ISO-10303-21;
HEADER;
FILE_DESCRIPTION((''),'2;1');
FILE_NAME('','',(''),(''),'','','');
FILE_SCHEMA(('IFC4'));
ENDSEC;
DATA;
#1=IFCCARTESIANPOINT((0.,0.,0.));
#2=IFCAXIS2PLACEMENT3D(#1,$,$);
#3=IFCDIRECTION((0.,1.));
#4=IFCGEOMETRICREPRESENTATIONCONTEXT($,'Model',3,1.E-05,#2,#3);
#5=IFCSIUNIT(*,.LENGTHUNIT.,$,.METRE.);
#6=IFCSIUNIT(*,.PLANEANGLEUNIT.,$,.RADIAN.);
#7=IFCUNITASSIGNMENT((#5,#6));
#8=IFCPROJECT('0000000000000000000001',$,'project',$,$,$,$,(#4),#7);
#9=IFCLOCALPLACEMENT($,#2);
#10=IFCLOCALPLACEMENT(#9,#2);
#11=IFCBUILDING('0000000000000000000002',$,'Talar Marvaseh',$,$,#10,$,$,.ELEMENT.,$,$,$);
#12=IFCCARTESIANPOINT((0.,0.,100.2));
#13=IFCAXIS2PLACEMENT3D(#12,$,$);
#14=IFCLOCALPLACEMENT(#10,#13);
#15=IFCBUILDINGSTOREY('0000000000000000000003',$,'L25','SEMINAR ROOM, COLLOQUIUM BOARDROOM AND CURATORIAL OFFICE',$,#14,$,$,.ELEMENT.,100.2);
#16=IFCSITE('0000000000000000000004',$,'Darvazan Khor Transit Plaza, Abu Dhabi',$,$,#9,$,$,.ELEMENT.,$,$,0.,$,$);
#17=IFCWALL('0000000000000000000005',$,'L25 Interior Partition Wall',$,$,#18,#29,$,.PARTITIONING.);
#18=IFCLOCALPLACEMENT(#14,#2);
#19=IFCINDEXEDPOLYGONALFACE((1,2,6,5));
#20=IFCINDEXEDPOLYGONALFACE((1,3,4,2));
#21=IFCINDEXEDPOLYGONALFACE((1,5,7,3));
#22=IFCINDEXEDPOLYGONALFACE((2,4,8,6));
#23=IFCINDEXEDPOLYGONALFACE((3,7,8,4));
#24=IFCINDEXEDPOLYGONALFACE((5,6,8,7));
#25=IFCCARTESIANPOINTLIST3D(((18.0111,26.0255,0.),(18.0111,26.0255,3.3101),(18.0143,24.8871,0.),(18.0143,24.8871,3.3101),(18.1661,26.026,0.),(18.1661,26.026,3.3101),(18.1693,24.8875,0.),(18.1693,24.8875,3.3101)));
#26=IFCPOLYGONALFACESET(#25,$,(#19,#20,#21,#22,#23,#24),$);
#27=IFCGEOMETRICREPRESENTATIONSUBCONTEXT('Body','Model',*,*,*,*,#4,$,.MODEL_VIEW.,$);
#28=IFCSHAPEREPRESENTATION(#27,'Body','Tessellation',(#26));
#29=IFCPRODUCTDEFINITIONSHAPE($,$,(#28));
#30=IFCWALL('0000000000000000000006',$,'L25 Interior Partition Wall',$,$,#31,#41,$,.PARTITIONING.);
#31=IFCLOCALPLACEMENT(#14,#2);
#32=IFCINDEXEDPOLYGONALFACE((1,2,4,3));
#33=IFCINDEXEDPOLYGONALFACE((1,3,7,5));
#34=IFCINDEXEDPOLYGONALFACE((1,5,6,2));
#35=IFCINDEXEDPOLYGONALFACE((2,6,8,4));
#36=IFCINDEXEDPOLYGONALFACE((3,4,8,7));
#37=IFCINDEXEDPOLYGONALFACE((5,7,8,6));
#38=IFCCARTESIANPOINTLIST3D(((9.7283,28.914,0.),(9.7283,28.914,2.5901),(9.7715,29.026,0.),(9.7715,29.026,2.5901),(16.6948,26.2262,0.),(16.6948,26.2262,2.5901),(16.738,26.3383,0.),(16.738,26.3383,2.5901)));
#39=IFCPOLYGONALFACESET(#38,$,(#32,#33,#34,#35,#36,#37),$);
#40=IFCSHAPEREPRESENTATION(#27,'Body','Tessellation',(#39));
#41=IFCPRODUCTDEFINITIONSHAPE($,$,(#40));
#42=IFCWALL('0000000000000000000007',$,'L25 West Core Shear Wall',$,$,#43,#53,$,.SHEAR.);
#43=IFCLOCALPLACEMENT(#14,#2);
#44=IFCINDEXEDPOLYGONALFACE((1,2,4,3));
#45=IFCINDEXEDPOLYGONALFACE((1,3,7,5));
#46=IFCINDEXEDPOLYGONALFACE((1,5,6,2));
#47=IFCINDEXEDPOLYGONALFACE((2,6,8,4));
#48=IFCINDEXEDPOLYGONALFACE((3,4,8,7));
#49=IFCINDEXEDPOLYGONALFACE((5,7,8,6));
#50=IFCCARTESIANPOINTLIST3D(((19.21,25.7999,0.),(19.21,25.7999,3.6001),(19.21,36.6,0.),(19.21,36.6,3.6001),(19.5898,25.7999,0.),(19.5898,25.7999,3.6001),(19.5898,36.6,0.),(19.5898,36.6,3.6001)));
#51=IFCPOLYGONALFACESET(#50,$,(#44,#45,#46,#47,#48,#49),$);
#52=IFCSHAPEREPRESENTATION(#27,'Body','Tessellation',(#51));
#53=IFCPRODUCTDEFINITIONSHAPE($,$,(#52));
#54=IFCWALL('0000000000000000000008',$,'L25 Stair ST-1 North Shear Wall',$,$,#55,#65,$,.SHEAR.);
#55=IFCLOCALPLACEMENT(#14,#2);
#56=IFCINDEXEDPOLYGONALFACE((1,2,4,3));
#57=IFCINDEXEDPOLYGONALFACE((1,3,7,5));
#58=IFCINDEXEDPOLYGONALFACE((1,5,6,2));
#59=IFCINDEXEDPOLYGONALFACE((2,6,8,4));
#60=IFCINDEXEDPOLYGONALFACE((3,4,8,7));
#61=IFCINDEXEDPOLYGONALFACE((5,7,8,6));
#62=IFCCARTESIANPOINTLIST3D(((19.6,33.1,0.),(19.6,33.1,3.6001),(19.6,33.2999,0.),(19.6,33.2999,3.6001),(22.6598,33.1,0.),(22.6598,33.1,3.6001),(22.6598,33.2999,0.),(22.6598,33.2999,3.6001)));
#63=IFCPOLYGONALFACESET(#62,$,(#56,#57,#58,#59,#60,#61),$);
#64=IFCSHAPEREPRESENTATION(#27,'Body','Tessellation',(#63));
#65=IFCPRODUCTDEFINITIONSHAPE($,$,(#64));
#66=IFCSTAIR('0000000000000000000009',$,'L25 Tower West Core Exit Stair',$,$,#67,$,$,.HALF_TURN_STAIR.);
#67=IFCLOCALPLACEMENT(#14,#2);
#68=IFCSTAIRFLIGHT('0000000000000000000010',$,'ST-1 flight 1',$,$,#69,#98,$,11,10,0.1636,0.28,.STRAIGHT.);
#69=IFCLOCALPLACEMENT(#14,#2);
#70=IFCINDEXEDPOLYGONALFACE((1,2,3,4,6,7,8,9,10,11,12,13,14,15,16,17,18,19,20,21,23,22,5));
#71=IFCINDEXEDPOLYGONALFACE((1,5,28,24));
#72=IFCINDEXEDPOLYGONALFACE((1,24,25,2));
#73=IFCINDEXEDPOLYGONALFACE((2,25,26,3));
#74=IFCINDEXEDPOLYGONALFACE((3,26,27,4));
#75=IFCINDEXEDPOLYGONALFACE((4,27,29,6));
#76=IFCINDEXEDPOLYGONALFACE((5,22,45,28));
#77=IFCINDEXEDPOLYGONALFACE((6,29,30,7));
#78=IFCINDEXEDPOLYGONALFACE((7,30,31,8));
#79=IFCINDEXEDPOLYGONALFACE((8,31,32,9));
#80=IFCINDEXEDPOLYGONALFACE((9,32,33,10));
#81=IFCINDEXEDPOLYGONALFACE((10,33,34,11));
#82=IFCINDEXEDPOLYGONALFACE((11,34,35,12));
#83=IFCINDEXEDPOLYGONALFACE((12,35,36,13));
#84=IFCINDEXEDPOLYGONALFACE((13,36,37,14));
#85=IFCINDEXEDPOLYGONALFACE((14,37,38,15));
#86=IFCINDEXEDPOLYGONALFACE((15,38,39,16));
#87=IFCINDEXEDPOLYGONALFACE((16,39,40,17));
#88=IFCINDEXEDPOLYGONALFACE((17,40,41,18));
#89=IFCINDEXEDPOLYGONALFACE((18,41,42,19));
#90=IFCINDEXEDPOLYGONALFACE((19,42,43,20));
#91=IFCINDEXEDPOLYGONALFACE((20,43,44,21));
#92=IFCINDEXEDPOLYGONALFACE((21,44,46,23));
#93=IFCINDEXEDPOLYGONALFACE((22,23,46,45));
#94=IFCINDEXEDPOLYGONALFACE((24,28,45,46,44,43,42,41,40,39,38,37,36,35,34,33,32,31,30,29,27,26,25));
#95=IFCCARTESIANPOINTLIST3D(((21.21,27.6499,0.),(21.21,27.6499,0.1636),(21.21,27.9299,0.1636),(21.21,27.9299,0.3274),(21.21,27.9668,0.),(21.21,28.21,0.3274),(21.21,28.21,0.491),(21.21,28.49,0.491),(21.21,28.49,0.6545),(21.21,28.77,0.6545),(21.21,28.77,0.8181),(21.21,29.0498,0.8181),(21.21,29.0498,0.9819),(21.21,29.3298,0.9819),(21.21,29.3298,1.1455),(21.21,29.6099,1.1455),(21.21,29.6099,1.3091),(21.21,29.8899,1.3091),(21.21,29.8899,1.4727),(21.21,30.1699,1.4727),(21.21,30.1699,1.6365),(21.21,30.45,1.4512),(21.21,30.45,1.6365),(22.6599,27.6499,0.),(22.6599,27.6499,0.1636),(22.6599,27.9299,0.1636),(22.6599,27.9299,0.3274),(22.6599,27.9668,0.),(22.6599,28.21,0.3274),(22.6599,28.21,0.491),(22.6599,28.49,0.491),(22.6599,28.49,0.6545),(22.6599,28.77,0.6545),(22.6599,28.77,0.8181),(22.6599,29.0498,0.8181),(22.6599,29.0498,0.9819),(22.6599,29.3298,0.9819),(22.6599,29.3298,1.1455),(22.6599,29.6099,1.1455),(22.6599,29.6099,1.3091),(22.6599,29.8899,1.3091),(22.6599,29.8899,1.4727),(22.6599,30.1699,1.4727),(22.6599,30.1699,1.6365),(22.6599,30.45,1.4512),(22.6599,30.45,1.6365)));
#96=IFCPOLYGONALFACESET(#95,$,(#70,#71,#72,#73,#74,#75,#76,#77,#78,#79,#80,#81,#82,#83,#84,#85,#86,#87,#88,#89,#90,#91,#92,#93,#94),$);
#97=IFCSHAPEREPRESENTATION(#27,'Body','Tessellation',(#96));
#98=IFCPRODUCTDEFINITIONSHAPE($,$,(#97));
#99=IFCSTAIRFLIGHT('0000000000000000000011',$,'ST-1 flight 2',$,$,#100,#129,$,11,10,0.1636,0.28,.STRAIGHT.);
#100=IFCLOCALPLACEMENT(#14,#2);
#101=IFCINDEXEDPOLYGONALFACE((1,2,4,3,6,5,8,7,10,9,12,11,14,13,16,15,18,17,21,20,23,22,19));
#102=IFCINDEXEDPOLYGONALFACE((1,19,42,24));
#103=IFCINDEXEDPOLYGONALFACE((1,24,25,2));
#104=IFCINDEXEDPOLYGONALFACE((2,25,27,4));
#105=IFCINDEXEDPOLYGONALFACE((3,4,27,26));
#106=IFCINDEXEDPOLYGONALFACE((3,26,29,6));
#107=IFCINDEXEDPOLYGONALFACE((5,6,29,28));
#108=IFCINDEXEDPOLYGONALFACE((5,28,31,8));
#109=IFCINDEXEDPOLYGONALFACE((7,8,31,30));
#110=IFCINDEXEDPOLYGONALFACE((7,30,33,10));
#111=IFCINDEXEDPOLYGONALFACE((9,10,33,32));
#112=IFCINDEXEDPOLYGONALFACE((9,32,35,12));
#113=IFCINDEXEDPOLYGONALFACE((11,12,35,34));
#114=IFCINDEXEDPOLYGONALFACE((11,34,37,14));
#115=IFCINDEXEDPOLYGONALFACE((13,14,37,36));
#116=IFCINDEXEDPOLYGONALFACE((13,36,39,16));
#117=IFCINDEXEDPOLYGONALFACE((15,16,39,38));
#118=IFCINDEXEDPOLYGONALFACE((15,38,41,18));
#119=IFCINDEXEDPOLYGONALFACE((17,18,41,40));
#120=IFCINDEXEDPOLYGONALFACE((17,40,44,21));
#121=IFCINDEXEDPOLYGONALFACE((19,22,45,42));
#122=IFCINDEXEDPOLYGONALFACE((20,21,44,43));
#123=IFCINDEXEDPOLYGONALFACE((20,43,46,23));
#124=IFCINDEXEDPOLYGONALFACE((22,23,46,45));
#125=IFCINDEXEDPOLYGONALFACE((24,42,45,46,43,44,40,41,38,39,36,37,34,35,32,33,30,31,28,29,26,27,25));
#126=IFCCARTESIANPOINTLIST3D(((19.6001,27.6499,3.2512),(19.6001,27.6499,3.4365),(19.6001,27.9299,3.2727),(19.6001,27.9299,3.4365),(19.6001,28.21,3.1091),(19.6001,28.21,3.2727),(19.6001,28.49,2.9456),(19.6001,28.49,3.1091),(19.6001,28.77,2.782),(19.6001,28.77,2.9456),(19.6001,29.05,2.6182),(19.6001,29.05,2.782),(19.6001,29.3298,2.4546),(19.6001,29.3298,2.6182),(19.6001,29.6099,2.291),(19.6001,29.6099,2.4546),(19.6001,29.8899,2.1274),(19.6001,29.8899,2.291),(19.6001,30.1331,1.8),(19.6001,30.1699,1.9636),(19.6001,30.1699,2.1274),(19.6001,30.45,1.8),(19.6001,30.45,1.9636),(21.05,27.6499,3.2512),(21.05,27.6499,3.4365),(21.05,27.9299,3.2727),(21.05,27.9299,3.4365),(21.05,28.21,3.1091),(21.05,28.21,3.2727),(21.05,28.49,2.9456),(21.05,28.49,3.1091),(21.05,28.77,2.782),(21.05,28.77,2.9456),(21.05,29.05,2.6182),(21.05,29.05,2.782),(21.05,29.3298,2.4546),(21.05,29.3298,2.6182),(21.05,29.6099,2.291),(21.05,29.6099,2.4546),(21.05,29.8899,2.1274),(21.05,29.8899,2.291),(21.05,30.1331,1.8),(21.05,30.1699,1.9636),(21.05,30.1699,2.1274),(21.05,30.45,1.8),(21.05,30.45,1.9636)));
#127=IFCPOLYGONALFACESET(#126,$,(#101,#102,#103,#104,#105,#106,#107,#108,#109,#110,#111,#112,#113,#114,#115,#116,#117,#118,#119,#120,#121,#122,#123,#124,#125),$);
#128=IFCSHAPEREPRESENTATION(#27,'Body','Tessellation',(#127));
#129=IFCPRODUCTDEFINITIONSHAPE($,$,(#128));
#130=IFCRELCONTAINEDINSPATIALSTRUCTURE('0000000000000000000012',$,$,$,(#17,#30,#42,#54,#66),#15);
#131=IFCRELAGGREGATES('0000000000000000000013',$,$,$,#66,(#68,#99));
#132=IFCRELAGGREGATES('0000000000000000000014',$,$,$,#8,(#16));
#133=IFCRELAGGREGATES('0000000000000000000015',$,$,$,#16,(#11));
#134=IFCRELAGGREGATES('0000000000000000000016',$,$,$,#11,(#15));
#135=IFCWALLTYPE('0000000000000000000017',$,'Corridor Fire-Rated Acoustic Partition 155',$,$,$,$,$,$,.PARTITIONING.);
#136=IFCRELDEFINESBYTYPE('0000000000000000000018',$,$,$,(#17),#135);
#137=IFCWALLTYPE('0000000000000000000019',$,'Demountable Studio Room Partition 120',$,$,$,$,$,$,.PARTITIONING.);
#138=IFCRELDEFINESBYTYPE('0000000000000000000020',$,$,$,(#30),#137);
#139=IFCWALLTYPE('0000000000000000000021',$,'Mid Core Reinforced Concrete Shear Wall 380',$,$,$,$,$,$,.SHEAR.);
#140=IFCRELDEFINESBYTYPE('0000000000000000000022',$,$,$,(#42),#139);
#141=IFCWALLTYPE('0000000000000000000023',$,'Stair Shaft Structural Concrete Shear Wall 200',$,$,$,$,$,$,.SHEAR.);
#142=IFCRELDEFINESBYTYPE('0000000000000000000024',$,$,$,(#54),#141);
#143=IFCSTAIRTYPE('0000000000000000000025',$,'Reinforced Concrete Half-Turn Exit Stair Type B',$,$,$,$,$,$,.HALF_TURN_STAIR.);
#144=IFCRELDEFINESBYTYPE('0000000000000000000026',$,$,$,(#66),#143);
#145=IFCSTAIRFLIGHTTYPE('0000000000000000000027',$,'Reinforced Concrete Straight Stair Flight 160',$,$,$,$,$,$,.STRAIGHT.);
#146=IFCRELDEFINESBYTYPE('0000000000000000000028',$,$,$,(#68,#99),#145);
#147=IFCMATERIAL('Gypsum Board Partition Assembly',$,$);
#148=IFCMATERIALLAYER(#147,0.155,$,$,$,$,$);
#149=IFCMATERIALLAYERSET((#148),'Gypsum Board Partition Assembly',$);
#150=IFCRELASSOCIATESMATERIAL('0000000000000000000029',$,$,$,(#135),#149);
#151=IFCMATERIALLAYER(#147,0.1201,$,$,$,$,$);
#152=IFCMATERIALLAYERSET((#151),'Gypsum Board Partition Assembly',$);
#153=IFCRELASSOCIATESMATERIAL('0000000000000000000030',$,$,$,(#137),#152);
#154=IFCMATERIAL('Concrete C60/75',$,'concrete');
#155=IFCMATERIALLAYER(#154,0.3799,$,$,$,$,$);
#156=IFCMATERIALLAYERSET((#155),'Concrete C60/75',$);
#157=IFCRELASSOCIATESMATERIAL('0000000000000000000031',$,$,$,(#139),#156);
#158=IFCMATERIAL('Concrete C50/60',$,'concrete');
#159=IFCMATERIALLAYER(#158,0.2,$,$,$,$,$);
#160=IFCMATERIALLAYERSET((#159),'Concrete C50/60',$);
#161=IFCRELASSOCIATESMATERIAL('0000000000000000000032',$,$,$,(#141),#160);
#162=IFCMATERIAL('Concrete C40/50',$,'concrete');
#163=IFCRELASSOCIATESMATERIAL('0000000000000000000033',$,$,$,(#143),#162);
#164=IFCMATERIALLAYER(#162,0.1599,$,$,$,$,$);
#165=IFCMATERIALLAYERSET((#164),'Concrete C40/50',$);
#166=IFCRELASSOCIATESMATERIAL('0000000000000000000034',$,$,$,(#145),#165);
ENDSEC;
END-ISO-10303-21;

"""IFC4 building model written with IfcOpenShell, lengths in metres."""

from ifc_helpers import new_model, si_unit, direction, frame, frame_2d, origin, place, context, subcontext, project, spatial, polyline, rectangle, outline, extrude, material, layer, layer_set, type_object, element, aggregate, save


model = new_model("IFC4")

# Units and contexts
model_context = context("Model", 3, precision=1e-05, world=origin(), true_north=direction((0.0, 1.0)))
body_context = subcontext(model_context, "Body", "Model", "MODEL_VIEW")
ifc_project = project(units=[si_unit("LENGTHUNIT", "METRE"), si_unit("PLANEANGLEUNIT", "RADIAN")], contexts=[model_context])

# Site, building, storey
site_placement = place(None, origin())
site = spatial("IfcSite", under=ifc_project, at=site_placement, Name="Darvazan Khor Transit Plaza, Abu Dhabi", CompositionType="ELEMENT", RefElevation=0.0)
building_placement = place(site_placement, origin())
building = spatial("IfcBuilding", under=site, at=building_placement, Name="Talar Marvaseh", CompositionType="ELEMENT")
storey_placement = place(building_placement, frame((0.0, 0.0, 100.2)))
storey = spatial("IfcBuildingStorey", under=building, at=storey_placement, Name="L25", Description="SEMINAR ROOM, COLLOQUIUM BOARDROOM AND CURATORIAL OFFICE", CompositionType="ELEMENT", Elevation=100.2)

# Shared definitions
ifc_material_1 = material(Name="Concrete C60/75", Category="concrete")

# Shared definitions
ifc_material_2 = material(Name="Gypsum Board Partition Assembly")
ifc_layer_1 = layer(ifc_material_2, 0.155)
ifc_layer_set_1 = layer_set([ifc_layer_1], Name="Gypsum Board Partition Assembly")
wall_type_1 = type_object("IfcWallType", Name="Corridor Fire-Rated Acoustic Partition 155", PredefinedType="PARTITIONING", material=ifc_layer_set_1)

# Walls
wall_1_placement = place(storey_placement, frame((18.0886, 26.0259, 0.0), z_axis=(0.0, 0.0, 1.0), x_axis=(0.002788, -0.999996, 0.0)))
element("IfcWall", 1, at=wall_1_placement, inside=storey, type_object=wall_type_1, Name="L25 Interior Partition Wall", PredefinedType="PARTITIONING", context=body_context, shape_type="SweptSolid", body=[
    extrude(rectangle(XDim=1.1384, YDim=0.155, at=frame_2d((0.5693, 0.0))), origin(), (0.0, 0.0, 1.0), 3.3101),
])
ifc_layer_2 = layer(ifc_material_2, 0.1201)
ifc_layer_set_2 = layer_set([ifc_layer_2], Name="Gypsum Board Partition Assembly")
wall_type_2 = type_object("IfcWallType", Name="Demountable Studio Room Partition 120", PredefinedType="PARTITIONING", material=ifc_layer_set_2)
wall_2_placement = place(storey_placement, frame((9.75, 28.97, 0.0), z_axis=(0.0, 0.0, 1.0), x_axis=(0.932973, -0.359947, 0.0)))
element("IfcWall", 2, at=wall_2_placement, inside=storey, type_object=wall_type_2, Name="L25 Interior Partition Wall", PredefinedType="PARTITIONING", context=body_context, shape_type="SweptSolid", body=[
    extrude(rectangle(XDim=7.467, YDim=0.1201, at=frame_2d((3.7334, 0.0))), origin(), (0.0, 0.0, 1.0), 2.5901),
])
ifc_layer_3 = layer(ifc_material_1, 0.3799)
ifc_layer_set_3 = layer_set([ifc_layer_3], Name="Concrete C60/75")
wall_type_3 = type_object("IfcWallType", Name="Mid Core Reinforced Concrete Shear Wall 380", PredefinedType="SHEAR", material=ifc_layer_set_3)
wall_3_placement = place(storey_placement, frame((19.3999, 25.8, 0.0), z_axis=(0.0, 0.0, 1.0), x_axis=(0.0, 1.0, 0.0)))
element("IfcWall", 3, at=wall_3_placement, inside=storey, type_object=wall_type_3, Name="L25 West Core Shear Wall", PredefinedType="SHEAR", context=body_context, shape_type="SweptSolid", body=[
    extrude(rectangle(XDim=10.8, YDim=0.3799, at=frame_2d((5.3999, 0.0))), origin(), (0.0, 0.0, 1.0), 3.6001),
])
ifc_material_3 = material(Name="Concrete C50/60", Category="concrete")
ifc_layer_4 = layer(ifc_material_3, 0.2)
ifc_layer_set_4 = layer_set([ifc_layer_4], Name="Concrete C50/60")
wall_type_4 = type_object("IfcWallType", Name="Stair Shaft Structural Concrete Shear Wall 200", PredefinedType="SHEAR", material=ifc_layer_set_4)
wall_4_placement = place(storey_placement, frame((19.6001, 33.2, 0.0), z_axis=(0.0, 0.0, 1.0), x_axis=(1.0, 0.0, 0.0)))
element("IfcWall", 4, at=wall_4_placement, inside=storey, type_object=wall_type_4, Name="L25 Stair ST-1 North Shear Wall", PredefinedType="SHEAR", context=body_context, shape_type="SweptSolid", body=[
    extrude(rectangle(XDim=3.0598, YDim=0.2, at=frame_2d((1.5298, 0.0))), origin(), (0.0, 0.0, 1.0), 3.6001),
])

# Stair, stair flights
ifc_material_4 = material(Name="Concrete C40/50", Category="concrete")
stair_type = type_object("IfcStairType", Name="Reinforced Concrete Half-Turn Exit Stair Type B", PredefinedType="HALF_TURN_STAIR", material=ifc_material_4)
stair_placement = place(storey_placement, origin())
stair = element("IfcStair", 5, at=stair_placement, inside=storey, type_object=stair_type, Name="L25 Tower West Core Exit Stair", PredefinedType="HALF_TURN_STAIR")
ifc_layer_5 = layer(ifc_material_4, 0.1599)
ifc_layer_set_5 = layer_set([ifc_layer_5], Name="Concrete C40/50")
stair_flight_type = type_object("IfcStairFlightType", Name="Reinforced Concrete Straight Stair Flight 160", PredefinedType="STRAIGHT", material=ifc_layer_set_5)
stair_flight_1_placement = place(storey_placement, frame((21.9351, 27.6499, 0.0), z_axis=(0.0, 0.0, 1.0), x_axis=(0.0, 1.0, 0.0)))
stair_flight_1 = element("IfcStairFlight", 6, at=stair_flight_1_placement, type_object=stair_flight_type, Name="ST-1 flight 1", NumberOfRisers=11, NumberOfTreads=10, PredefinedType="STRAIGHT", RiserHeight=0.1636, TreadLength=0.28, context=body_context, shape_type="SweptSolid", body=[
    extrude(outline(polyline([(0.0, 0.0), (0.0, 0.1636), (0.28, 0.1636), (0.28, 0.3274), (0.5601, 0.3274), (0.5601, 0.491), (0.8401, 0.491), (0.8401, 0.6545), (1.1201, 0.6545), (1.1201, 0.8181), (1.3999, 0.8181), (1.3999, 0.9819), (1.6799, 0.9819), (1.6799, 1.1455), (1.96, 1.1455), (1.96, 1.3091), (2.24, 1.3091), (2.24, 1.4727), (2.52, 1.4727), (2.52, 1.6365), (2.8, 1.6365), (2.8, 1.8), (2.8, 1.4512), (0.3169, 0.0), (0.0, 0.0)])), frame((0.0, 0.7251, 0.0), z_axis=(0.0, -1.0, 0.0), x_axis=(1.0, 0.0, 0.0)), (0.0, 0.0, 1.0), 1.45),
])
stair_flight_2_placement = place(storey_placement, frame((20.325, 30.45, 1.8), z_axis=(0.0, 0.0, 1.0), x_axis=(0.0, -1.0, 0.0)))
stair_flight_2 = element("IfcStairFlight", 7, at=stair_flight_2_placement, type_object=stair_flight_type, Name="ST-1 flight 2", NumberOfRisers=11, NumberOfTreads=10, PredefinedType="STRAIGHT", RiserHeight=0.1636, TreadLength=0.28, context=body_context, shape_type="SweptSolid", body=[
    extrude(outline(polyline([(0.0, 0.0), (0.0, 0.1636), (0.28, 0.1636), (0.28, 0.3274), (0.5601, 0.3274), (0.5601, 0.491), (0.8401, 0.491), (0.8401, 0.6545), (1.1201, 0.6545), (1.1201, 0.8181), (1.3999, 0.8181), (1.3999, 0.9819), (1.6799, 0.9819), (1.6799, 1.1455), (1.96, 1.1455), (1.96, 1.3091), (2.24, 1.3091), (2.24, 1.4727), (2.52, 1.4727), (2.52, 1.6365), (2.8, 1.6365), (2.8, 1.8), (2.8, 1.4512), (0.3169, 0.0), (0.0, 0.0)])), frame((0.0, 0.7251, 0.0), z_axis=(0.0, -1.0, 0.0), x_axis=(1.0, 0.0, 0.0)), (0.0, 0.0, 1.0), 1.45),
])
aggregate(stair, [stair_flight_1, stair_flight_2])

save(model, "model.ifc")
